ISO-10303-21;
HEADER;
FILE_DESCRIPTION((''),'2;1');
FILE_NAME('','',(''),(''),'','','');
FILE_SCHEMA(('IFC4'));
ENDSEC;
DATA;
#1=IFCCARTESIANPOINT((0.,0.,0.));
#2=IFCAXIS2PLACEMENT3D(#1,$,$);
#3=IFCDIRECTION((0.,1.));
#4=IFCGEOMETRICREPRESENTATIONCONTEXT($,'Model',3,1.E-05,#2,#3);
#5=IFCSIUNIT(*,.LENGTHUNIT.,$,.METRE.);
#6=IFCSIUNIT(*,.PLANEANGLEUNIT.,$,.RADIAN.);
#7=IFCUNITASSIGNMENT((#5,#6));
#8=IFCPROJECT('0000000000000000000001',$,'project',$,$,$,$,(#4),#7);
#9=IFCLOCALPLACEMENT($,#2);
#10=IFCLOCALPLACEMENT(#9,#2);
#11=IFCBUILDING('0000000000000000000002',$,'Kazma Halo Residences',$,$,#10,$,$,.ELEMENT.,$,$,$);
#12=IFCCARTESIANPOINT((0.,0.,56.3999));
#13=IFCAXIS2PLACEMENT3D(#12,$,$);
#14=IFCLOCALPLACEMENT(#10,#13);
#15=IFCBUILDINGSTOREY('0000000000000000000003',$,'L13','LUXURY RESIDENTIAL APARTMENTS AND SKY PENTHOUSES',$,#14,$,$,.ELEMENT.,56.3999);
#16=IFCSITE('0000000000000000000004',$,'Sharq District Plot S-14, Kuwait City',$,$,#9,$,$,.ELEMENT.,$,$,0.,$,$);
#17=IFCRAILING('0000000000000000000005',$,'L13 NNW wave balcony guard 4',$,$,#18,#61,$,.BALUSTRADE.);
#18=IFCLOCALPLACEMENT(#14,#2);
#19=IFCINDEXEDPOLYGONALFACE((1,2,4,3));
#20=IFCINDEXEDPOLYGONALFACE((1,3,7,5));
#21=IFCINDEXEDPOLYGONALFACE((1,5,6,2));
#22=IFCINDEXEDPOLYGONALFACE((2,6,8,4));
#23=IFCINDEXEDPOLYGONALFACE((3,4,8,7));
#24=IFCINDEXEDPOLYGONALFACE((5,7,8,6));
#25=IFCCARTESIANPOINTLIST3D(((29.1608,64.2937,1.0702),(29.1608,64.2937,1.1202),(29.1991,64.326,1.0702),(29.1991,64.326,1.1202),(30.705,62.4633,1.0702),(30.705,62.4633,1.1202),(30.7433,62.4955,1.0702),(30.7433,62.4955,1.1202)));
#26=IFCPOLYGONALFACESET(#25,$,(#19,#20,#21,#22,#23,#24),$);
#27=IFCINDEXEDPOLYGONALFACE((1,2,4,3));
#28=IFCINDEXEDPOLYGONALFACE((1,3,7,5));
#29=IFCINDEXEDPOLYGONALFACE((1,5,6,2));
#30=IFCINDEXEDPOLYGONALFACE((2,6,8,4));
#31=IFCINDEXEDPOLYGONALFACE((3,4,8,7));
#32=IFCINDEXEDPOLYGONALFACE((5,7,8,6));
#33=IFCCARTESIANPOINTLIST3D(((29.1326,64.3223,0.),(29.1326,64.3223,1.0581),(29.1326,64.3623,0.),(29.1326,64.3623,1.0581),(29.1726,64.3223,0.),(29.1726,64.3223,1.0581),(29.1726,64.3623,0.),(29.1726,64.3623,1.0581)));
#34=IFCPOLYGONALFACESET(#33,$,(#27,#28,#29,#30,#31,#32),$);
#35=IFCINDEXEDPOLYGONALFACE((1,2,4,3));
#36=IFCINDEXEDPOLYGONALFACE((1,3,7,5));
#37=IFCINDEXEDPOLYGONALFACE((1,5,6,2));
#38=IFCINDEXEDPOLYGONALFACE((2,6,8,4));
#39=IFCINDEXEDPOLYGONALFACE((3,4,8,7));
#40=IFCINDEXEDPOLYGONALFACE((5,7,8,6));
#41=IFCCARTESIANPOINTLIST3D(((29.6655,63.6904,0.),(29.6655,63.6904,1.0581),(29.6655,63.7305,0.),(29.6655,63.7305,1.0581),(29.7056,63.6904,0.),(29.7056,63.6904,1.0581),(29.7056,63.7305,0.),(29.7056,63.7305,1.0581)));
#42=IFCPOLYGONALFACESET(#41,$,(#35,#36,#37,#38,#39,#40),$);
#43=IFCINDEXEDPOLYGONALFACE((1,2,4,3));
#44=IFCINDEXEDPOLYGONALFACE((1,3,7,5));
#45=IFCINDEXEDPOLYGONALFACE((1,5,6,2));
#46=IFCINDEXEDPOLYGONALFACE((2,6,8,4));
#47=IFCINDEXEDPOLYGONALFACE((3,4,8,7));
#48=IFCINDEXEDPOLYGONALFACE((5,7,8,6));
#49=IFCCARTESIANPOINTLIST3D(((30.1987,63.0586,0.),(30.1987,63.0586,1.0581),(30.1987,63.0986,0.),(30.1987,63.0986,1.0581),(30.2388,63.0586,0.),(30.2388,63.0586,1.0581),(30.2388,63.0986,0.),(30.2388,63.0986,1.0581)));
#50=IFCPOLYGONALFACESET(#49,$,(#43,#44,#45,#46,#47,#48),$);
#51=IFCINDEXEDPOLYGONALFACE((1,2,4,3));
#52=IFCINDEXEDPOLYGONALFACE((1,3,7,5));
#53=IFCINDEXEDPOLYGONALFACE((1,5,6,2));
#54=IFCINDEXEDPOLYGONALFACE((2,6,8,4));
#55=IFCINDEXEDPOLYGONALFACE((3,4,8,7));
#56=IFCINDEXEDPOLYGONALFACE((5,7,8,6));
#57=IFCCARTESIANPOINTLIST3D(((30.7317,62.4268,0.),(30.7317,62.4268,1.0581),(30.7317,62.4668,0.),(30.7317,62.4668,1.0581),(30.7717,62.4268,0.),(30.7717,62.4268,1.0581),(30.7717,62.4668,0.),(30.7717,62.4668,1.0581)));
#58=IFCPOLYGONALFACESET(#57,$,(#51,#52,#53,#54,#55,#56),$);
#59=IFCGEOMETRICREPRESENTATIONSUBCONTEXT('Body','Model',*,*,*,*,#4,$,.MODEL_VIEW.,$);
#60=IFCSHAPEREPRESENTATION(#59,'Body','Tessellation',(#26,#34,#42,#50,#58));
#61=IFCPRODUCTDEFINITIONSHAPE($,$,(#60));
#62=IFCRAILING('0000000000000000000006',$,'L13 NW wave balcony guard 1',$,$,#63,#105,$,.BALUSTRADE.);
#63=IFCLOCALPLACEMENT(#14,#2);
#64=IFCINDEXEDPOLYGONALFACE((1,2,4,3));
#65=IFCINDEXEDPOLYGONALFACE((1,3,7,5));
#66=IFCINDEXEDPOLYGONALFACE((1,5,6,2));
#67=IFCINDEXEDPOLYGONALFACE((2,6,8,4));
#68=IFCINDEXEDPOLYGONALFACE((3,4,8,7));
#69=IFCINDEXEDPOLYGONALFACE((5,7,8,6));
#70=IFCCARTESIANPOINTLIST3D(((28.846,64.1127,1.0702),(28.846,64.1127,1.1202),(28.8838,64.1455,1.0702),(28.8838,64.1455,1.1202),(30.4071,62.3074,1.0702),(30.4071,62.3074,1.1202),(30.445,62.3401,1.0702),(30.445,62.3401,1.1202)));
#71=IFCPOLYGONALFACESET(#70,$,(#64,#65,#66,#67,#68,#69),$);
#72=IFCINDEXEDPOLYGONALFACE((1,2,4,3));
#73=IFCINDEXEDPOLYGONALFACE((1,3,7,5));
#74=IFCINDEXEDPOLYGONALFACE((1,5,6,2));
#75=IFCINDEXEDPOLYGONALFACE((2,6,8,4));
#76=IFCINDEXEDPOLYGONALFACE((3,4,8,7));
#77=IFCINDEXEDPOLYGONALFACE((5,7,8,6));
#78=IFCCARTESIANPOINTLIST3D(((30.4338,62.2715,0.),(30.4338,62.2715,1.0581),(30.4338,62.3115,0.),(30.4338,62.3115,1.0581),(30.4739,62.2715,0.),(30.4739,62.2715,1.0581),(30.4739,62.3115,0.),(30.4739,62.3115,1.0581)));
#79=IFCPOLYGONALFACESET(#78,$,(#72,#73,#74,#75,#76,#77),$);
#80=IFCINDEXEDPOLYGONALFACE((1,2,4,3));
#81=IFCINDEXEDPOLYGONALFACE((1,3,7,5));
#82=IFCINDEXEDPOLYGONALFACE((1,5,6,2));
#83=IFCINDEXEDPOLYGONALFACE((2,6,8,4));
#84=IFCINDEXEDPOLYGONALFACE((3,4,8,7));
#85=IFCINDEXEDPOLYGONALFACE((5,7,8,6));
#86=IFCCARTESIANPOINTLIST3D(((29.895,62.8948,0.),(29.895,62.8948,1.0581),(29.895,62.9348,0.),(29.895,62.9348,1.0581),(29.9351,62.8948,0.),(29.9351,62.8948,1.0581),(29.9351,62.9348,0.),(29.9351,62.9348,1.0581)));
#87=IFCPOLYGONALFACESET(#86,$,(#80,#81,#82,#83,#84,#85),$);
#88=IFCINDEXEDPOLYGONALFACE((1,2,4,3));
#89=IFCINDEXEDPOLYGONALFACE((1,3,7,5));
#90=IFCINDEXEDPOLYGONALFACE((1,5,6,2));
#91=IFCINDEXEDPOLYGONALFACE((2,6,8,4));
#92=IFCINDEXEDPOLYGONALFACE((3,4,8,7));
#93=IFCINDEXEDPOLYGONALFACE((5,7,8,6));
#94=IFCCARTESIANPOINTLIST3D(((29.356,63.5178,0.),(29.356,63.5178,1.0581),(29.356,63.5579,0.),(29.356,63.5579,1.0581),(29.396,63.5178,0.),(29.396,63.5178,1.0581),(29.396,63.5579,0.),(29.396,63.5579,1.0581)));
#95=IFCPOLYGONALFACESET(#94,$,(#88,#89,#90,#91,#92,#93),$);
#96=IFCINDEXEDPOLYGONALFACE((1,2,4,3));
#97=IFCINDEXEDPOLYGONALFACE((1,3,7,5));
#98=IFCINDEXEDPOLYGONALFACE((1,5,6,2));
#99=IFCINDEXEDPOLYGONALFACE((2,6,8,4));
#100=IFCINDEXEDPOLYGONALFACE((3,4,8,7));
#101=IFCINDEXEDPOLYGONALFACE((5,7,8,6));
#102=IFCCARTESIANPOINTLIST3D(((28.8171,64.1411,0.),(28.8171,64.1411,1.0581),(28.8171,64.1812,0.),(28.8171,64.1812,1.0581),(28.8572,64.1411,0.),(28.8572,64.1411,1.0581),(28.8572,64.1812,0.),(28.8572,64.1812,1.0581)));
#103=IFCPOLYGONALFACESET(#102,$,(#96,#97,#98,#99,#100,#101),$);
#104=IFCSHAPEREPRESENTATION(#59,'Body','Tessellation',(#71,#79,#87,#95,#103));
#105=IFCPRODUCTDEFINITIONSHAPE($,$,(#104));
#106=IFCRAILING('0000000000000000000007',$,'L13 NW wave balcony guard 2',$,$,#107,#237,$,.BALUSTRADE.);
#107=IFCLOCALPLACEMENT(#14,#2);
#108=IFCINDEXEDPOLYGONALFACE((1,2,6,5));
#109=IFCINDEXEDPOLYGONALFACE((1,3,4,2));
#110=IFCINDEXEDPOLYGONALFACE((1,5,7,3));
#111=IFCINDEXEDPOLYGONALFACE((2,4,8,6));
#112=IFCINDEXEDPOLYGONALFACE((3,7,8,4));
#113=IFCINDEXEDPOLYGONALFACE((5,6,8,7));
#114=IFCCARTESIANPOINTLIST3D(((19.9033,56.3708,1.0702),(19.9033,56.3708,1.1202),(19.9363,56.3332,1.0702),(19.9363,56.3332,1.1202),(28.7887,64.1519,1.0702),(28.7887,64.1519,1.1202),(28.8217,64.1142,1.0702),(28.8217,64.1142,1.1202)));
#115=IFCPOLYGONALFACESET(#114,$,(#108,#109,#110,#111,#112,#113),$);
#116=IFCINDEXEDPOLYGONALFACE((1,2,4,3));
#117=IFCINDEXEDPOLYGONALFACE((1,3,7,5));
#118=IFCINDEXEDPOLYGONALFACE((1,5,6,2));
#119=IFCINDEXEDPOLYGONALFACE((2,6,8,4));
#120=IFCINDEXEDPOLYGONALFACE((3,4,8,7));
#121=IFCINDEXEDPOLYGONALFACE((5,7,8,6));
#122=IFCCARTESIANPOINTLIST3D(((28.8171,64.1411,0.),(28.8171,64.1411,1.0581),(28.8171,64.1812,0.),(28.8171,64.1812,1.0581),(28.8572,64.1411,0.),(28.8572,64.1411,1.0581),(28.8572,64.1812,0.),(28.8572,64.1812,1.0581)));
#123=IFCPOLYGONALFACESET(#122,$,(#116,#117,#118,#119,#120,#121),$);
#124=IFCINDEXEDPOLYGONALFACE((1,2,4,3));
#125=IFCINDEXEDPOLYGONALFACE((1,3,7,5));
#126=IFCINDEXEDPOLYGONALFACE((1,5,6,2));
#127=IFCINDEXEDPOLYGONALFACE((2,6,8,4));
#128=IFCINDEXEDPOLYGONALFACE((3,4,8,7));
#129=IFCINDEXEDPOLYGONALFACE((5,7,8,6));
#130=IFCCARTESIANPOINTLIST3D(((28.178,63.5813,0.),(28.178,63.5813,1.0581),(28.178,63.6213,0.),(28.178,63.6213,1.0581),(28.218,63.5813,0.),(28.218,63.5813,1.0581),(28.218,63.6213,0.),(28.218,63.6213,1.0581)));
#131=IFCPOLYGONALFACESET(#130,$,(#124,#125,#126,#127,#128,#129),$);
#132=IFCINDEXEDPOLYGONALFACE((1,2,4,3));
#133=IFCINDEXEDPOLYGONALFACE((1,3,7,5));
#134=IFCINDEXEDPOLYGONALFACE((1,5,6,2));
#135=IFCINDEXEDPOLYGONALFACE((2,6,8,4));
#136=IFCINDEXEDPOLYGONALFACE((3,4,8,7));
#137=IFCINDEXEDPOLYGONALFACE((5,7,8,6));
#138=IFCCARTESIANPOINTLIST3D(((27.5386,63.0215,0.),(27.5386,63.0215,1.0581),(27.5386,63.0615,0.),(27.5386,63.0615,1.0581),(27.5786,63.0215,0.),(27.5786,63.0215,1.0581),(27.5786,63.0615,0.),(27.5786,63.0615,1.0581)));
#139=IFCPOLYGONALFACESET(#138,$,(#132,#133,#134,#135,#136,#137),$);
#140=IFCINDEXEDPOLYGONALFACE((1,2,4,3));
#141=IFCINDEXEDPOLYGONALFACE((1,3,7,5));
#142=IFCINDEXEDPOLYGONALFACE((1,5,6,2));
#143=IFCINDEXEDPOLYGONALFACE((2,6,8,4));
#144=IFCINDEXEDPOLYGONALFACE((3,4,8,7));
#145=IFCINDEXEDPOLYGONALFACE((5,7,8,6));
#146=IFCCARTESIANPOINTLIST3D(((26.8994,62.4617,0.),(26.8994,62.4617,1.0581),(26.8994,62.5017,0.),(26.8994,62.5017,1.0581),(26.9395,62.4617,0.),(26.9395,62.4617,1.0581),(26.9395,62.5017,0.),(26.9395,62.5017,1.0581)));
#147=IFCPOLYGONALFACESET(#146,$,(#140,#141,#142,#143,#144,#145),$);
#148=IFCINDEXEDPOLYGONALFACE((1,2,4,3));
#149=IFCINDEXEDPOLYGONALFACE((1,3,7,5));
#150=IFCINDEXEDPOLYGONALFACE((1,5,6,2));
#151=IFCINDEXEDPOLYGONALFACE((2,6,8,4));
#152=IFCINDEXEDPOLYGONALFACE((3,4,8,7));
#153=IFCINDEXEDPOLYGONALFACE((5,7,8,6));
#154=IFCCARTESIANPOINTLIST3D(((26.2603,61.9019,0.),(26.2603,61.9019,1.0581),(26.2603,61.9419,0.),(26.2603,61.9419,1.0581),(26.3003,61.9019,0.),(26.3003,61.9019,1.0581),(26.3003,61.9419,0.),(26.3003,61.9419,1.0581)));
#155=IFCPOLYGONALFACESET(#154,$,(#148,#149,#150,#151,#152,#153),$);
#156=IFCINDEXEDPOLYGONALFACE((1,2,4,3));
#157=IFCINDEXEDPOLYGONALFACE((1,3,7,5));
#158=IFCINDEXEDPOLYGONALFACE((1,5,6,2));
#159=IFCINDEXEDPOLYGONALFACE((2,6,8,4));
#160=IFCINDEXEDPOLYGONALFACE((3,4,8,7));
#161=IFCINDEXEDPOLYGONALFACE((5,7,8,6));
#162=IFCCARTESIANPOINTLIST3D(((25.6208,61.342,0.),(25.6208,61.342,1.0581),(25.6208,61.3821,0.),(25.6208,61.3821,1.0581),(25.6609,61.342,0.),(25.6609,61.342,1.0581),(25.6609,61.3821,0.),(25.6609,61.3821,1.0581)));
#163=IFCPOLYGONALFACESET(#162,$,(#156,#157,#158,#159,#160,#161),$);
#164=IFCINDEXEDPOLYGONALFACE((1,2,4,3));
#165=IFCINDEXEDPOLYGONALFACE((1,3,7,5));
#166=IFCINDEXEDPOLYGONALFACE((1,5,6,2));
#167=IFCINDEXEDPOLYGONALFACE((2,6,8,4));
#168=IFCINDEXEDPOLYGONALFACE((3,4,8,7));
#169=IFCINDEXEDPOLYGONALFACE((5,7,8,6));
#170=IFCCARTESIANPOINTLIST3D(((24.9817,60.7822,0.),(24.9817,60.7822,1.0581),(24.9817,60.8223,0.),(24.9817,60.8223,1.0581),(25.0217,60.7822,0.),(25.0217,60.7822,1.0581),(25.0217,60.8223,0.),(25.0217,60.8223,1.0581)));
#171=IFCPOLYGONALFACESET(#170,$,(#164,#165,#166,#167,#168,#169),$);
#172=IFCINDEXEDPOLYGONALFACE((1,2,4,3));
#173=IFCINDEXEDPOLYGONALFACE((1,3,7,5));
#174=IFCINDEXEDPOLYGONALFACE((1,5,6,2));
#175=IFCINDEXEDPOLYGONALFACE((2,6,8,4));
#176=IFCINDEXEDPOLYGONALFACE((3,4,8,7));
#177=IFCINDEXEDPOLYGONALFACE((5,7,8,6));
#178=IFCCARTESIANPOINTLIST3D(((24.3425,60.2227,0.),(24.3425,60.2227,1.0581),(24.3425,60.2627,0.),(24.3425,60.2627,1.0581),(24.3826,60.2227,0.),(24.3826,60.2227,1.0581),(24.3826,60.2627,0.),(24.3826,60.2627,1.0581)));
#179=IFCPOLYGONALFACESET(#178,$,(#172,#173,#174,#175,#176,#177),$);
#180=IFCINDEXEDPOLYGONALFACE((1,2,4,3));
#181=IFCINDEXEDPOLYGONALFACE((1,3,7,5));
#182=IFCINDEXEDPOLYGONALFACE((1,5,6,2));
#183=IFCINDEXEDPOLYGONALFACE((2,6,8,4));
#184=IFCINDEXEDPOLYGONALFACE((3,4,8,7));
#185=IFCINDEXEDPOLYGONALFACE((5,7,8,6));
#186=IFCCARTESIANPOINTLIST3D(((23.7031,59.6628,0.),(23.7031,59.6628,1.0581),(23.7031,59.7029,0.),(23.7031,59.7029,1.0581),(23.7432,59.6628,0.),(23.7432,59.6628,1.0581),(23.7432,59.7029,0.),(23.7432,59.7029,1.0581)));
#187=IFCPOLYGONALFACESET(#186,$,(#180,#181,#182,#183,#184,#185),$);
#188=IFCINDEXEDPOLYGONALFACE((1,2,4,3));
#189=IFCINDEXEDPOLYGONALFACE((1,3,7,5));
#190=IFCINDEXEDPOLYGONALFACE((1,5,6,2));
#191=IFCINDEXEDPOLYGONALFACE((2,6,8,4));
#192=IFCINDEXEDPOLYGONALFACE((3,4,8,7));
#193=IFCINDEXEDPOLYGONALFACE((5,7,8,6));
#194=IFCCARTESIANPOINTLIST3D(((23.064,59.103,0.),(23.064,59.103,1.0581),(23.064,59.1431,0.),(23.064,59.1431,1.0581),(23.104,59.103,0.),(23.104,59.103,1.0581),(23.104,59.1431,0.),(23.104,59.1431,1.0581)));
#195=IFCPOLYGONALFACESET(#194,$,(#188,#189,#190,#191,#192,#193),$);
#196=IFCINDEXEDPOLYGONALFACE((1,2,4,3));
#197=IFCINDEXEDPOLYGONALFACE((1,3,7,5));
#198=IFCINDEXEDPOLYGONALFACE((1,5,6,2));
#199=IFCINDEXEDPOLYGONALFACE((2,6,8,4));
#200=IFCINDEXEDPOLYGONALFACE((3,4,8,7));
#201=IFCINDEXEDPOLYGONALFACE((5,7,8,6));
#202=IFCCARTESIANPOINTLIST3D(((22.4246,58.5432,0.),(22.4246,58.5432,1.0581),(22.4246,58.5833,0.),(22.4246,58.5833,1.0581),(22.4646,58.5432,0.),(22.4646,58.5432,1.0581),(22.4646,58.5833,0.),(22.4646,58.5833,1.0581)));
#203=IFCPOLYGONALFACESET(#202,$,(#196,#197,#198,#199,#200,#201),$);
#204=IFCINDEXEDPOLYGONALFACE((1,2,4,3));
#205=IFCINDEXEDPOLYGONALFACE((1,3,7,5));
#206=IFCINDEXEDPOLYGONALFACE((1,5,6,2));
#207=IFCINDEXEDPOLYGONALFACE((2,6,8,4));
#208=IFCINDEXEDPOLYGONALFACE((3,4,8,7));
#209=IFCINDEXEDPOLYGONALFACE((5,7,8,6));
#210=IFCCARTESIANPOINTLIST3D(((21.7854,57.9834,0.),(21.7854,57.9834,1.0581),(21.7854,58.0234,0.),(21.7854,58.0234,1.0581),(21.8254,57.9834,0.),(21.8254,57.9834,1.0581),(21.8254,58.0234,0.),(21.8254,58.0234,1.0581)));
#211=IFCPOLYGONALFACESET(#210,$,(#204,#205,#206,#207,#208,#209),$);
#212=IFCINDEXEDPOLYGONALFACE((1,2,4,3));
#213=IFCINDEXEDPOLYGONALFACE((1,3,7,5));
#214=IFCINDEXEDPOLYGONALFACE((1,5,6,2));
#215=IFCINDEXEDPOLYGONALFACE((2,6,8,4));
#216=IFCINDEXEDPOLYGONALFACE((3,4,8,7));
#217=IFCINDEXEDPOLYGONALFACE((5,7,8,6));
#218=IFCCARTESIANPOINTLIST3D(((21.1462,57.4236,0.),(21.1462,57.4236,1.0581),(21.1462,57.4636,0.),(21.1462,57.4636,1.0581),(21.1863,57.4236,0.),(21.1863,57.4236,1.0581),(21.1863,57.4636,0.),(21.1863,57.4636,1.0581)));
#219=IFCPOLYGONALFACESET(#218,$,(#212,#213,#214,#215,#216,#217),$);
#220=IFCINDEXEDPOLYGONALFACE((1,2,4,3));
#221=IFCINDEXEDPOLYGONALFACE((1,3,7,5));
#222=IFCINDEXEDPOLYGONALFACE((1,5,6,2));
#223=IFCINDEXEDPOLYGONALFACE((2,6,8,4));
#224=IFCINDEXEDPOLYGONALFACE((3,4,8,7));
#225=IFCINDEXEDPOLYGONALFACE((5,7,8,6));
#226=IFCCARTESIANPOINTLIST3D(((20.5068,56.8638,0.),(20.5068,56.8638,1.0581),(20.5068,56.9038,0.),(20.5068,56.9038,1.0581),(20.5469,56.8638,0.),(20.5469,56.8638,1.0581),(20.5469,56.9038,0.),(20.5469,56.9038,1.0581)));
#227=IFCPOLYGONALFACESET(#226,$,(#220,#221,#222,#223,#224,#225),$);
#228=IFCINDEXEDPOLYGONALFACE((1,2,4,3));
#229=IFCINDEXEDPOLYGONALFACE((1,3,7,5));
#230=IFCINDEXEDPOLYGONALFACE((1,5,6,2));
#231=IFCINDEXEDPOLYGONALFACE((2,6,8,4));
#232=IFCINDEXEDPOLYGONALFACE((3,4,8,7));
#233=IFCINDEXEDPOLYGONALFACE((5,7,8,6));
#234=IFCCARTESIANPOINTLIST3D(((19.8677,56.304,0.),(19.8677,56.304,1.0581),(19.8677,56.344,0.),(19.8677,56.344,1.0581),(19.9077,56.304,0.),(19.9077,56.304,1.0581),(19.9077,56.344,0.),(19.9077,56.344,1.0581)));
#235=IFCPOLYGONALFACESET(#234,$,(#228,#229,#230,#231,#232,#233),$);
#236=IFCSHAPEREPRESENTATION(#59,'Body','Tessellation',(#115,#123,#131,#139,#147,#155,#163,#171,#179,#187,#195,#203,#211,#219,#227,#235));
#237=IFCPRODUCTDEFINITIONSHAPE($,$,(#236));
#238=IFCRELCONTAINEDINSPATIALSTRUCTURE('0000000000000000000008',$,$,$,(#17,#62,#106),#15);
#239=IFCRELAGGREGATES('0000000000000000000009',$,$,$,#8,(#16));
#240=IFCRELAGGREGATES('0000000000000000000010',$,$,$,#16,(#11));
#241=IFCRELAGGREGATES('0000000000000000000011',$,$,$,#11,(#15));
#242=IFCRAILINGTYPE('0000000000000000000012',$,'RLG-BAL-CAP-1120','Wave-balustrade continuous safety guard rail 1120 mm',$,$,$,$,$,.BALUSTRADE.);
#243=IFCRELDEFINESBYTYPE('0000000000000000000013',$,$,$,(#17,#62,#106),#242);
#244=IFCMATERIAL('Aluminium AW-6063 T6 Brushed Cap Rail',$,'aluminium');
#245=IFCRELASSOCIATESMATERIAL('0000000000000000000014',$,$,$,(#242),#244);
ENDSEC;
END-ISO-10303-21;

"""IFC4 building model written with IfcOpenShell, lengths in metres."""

from ifc_helpers import new_model, si_unit, direction, frame, origin, origin_2d, place, context, subcontext, project, spatial, rectangle, extrude, material, type_object, element, save


model = new_model("IFC4")

# Units and contexts
model_context = context("Model", 3, precision=1e-05, world=origin(), true_north=direction((0.0, 1.0)))
body_context = subcontext(model_context, "Body", "Model", "MODEL_VIEW")
ifc_project = project(units=[si_unit("LENGTHUNIT", "METRE"), si_unit("PLANEANGLEUNIT", "RADIAN")], contexts=[model_context])

# Site, building, storey
site_placement = place(None, origin())
site = spatial("IfcSite", under=ifc_project, at=site_placement, Name="Sharq District Plot S-14, Kuwait City", CompositionType="ELEMENT", RefElevation=0.0)
building_placement = place(site_placement, origin())
building = spatial("IfcBuilding", under=site, at=building_placement, Name="Kazma Halo Residences", CompositionType="ELEMENT")
storey_placement = place(building_placement, frame((0.0, 0.0, 56.3999)))
storey = spatial("IfcBuildingStorey", under=building, at=storey_placement, Name="L13", Description="LUXURY RESIDENTIAL APARTMENTS AND SKY PENTHOUSES", CompositionType="ELEMENT", Elevation=56.3999)

# Railings
ifc_material_1 = material(Name="Aluminium AW-6063 T6 Brushed Cap Rail", Category="aluminium")
railing_type = type_object("IfcRailingType", Name="RLG-BAL-CAP-1120", Description="Wave-balustrade continuous safety guard rail 1120 mm", PredefinedType="BALUSTRADE", material=ifc_material_1)
railing_1_placement = place(storey_placement, frame((29.1526, 64.3423, 0.0)))
element("IfcRailing", 1, at=railing_1_placement, inside=storey, type_object=railing_type, Name="L13 NNW wave balcony guard 4", PredefinedType="BALUSTRADE", context=body_context, shape_type="SweptSolid", body=[
    extrude(rectangle(XDim=0.05, YDim=0.05, at=origin_2d()), frame((0.0273, -0.0325, 1.0952), z_axis=(0.644821, -0.764334, 0.0), x_axis=(0.764334, 0.644821, 0.0)), (0.0, 0.0, 1.0), 2.3948),
    extrude(rectangle(XDim=0.04, YDim=0.04, at=origin_2d()), origin(), (0.0, 0.0, 1.0), 1.0581),
    extrude(rectangle(XDim=0.04, YDim=0.04, at=origin_2d()), frame((0.533, -0.6318, 0.0)), (0.0, 0.0, 1.0), 1.0581),
    extrude(rectangle(XDim=0.04, YDim=0.04, at=origin_2d()), frame((1.0662, -1.2637, 0.0)), (0.0, 0.0, 1.0), 1.0581),
    extrude(rectangle(XDim=0.04, YDim=0.04, at=origin_2d()), frame((1.5991, -1.8955, 0.0)), (0.0, 0.0, 1.0), 1.0581),
])
railing_2_placement = place(storey_placement, frame((30.4539, 62.2915, 0.0)))
element("IfcRailing", 2, at=railing_2_placement, inside=storey, type_object=railing_type, Name="L13 NW wave balcony guard 1", PredefinedType="BALUSTRADE", context=body_context, shape_type="SweptSolid", body=[
    extrude(rectangle(XDim=0.05, YDim=0.05, at=origin_2d()), frame((-0.0278, 0.0322, 1.0952), z_axis=(-0.654088, 0.756419, 0.0), x_axis=(-0.756419, -0.654088, 0.0)), (0.0, 0.0, 1.0), 2.3867),
    extrude(rectangle(XDim=0.04, YDim=0.04, at=origin_2d()), origin(), (0.0, 0.0, 1.0), 1.0581),
    extrude(rectangle(XDim=0.04, YDim=0.04, at=origin_2d()), frame((-0.5388, 0.6233, 0.0)), (0.0, 0.0, 1.0), 1.0581),
    extrude(rectangle(XDim=0.04, YDim=0.04, at=origin_2d()), frame((-1.0779, 1.2463, 0.0)), (0.0, 0.0, 1.0), 1.0581),
    extrude(rectangle(XDim=0.04, YDim=0.04, at=origin_2d()), frame((-1.6167, 1.8696, 0.0)), (0.0, 0.0, 1.0), 1.0581),
])
railing_3_placement = place(storey_placement, frame((28.8372, 64.1611, 0.0)))
element("IfcRailing", 3, at=railing_3_placement, inside=storey, type_object=railing_type, Name="L13 NW wave balcony guard 2", PredefinedType="BALUSTRADE", context=body_context, shape_type="SweptSolid", body=[
    extrude(rectangle(XDim=0.05, YDim=0.05, at=origin_2d()), frame((-0.032, -0.0281, 1.0952), z_axis=(-0.752311, -0.658808, 0.0), x_axis=(0.658808, -0.752311, 0.0)), (0.0, 0.0, 1.0), 11.8108),
    extrude(rectangle(XDim=0.04, YDim=0.04, at=origin_2d()), origin(), (0.0, 0.0, 1.0), 1.0581),
    extrude(rectangle(XDim=0.04, YDim=0.04, at=origin_2d()), frame((-0.6392, -0.5598, 0.0)), (0.0, 0.0, 1.0), 1.0581),
    extrude(rectangle(XDim=0.04, YDim=0.04, at=origin_2d()), frame((-1.2786, -1.1196, 0.0)), (0.0, 0.0, 1.0), 1.0581),
    extrude(rectangle(XDim=0.04, YDim=0.04, at=origin_2d()), frame((-1.9177, -1.6794, 0.0)), (0.0, 0.0, 1.0), 1.0581),
    extrude(rectangle(XDim=0.04, YDim=0.04, at=origin_2d()), frame((-2.5569, -2.2393, 0.0)), (0.0, 0.0, 1.0), 1.0581),
    extrude(rectangle(XDim=0.04, YDim=0.04, at=origin_2d()), frame((-3.1963, -2.7991, 0.0)), (0.0, 0.0, 1.0), 1.0581),
    extrude(rectangle(XDim=0.04, YDim=0.04, at=origin_2d()), frame((-3.8354, -3.3589, 0.0)), (0.0, 0.0, 1.0), 1.0581),
    extrude(rectangle(XDim=0.04, YDim=0.04, at=origin_2d()), frame((-4.4746, -3.9185, 0.0)), (0.0, 0.0, 1.0), 1.0581),
    extrude(rectangle(XDim=0.04, YDim=0.04, at=origin_2d()), frame((-5.114, -4.4783, 0.0)), (0.0, 0.0, 1.0), 1.0581),
    extrude(rectangle(XDim=0.04, YDim=0.04, at=origin_2d()), frame((-5.7532, -5.0381, 0.0)), (0.0, 0.0, 1.0), 1.0581),
    extrude(rectangle(XDim=0.04, YDim=0.04, at=origin_2d()), frame((-6.3926, -5.5979, 0.0)), (0.0, 0.0, 1.0), 1.0581),
    extrude(rectangle(XDim=0.04, YDim=0.04, at=origin_2d()), frame((-7.0317, -6.1577, 0.0)), (0.0, 0.0, 1.0), 1.0581),
    extrude(rectangle(XDim=0.04, YDim=0.04, at=origin_2d()), frame((-7.6709, -6.7175, 0.0)), (0.0, 0.0, 1.0), 1.0581),
    extrude(rectangle(XDim=0.04, YDim=0.04, at=origin_2d()), frame((-8.3103, -7.2773, 0.0)), (0.0, 0.0, 1.0), 1.0581),
    extrude(rectangle(XDim=0.04, YDim=0.04, at=origin_2d()), frame((-8.9495, -7.8372, 0.0)), (0.0, 0.0, 1.0), 1.0581),
])

save(model, "model.ifc")
